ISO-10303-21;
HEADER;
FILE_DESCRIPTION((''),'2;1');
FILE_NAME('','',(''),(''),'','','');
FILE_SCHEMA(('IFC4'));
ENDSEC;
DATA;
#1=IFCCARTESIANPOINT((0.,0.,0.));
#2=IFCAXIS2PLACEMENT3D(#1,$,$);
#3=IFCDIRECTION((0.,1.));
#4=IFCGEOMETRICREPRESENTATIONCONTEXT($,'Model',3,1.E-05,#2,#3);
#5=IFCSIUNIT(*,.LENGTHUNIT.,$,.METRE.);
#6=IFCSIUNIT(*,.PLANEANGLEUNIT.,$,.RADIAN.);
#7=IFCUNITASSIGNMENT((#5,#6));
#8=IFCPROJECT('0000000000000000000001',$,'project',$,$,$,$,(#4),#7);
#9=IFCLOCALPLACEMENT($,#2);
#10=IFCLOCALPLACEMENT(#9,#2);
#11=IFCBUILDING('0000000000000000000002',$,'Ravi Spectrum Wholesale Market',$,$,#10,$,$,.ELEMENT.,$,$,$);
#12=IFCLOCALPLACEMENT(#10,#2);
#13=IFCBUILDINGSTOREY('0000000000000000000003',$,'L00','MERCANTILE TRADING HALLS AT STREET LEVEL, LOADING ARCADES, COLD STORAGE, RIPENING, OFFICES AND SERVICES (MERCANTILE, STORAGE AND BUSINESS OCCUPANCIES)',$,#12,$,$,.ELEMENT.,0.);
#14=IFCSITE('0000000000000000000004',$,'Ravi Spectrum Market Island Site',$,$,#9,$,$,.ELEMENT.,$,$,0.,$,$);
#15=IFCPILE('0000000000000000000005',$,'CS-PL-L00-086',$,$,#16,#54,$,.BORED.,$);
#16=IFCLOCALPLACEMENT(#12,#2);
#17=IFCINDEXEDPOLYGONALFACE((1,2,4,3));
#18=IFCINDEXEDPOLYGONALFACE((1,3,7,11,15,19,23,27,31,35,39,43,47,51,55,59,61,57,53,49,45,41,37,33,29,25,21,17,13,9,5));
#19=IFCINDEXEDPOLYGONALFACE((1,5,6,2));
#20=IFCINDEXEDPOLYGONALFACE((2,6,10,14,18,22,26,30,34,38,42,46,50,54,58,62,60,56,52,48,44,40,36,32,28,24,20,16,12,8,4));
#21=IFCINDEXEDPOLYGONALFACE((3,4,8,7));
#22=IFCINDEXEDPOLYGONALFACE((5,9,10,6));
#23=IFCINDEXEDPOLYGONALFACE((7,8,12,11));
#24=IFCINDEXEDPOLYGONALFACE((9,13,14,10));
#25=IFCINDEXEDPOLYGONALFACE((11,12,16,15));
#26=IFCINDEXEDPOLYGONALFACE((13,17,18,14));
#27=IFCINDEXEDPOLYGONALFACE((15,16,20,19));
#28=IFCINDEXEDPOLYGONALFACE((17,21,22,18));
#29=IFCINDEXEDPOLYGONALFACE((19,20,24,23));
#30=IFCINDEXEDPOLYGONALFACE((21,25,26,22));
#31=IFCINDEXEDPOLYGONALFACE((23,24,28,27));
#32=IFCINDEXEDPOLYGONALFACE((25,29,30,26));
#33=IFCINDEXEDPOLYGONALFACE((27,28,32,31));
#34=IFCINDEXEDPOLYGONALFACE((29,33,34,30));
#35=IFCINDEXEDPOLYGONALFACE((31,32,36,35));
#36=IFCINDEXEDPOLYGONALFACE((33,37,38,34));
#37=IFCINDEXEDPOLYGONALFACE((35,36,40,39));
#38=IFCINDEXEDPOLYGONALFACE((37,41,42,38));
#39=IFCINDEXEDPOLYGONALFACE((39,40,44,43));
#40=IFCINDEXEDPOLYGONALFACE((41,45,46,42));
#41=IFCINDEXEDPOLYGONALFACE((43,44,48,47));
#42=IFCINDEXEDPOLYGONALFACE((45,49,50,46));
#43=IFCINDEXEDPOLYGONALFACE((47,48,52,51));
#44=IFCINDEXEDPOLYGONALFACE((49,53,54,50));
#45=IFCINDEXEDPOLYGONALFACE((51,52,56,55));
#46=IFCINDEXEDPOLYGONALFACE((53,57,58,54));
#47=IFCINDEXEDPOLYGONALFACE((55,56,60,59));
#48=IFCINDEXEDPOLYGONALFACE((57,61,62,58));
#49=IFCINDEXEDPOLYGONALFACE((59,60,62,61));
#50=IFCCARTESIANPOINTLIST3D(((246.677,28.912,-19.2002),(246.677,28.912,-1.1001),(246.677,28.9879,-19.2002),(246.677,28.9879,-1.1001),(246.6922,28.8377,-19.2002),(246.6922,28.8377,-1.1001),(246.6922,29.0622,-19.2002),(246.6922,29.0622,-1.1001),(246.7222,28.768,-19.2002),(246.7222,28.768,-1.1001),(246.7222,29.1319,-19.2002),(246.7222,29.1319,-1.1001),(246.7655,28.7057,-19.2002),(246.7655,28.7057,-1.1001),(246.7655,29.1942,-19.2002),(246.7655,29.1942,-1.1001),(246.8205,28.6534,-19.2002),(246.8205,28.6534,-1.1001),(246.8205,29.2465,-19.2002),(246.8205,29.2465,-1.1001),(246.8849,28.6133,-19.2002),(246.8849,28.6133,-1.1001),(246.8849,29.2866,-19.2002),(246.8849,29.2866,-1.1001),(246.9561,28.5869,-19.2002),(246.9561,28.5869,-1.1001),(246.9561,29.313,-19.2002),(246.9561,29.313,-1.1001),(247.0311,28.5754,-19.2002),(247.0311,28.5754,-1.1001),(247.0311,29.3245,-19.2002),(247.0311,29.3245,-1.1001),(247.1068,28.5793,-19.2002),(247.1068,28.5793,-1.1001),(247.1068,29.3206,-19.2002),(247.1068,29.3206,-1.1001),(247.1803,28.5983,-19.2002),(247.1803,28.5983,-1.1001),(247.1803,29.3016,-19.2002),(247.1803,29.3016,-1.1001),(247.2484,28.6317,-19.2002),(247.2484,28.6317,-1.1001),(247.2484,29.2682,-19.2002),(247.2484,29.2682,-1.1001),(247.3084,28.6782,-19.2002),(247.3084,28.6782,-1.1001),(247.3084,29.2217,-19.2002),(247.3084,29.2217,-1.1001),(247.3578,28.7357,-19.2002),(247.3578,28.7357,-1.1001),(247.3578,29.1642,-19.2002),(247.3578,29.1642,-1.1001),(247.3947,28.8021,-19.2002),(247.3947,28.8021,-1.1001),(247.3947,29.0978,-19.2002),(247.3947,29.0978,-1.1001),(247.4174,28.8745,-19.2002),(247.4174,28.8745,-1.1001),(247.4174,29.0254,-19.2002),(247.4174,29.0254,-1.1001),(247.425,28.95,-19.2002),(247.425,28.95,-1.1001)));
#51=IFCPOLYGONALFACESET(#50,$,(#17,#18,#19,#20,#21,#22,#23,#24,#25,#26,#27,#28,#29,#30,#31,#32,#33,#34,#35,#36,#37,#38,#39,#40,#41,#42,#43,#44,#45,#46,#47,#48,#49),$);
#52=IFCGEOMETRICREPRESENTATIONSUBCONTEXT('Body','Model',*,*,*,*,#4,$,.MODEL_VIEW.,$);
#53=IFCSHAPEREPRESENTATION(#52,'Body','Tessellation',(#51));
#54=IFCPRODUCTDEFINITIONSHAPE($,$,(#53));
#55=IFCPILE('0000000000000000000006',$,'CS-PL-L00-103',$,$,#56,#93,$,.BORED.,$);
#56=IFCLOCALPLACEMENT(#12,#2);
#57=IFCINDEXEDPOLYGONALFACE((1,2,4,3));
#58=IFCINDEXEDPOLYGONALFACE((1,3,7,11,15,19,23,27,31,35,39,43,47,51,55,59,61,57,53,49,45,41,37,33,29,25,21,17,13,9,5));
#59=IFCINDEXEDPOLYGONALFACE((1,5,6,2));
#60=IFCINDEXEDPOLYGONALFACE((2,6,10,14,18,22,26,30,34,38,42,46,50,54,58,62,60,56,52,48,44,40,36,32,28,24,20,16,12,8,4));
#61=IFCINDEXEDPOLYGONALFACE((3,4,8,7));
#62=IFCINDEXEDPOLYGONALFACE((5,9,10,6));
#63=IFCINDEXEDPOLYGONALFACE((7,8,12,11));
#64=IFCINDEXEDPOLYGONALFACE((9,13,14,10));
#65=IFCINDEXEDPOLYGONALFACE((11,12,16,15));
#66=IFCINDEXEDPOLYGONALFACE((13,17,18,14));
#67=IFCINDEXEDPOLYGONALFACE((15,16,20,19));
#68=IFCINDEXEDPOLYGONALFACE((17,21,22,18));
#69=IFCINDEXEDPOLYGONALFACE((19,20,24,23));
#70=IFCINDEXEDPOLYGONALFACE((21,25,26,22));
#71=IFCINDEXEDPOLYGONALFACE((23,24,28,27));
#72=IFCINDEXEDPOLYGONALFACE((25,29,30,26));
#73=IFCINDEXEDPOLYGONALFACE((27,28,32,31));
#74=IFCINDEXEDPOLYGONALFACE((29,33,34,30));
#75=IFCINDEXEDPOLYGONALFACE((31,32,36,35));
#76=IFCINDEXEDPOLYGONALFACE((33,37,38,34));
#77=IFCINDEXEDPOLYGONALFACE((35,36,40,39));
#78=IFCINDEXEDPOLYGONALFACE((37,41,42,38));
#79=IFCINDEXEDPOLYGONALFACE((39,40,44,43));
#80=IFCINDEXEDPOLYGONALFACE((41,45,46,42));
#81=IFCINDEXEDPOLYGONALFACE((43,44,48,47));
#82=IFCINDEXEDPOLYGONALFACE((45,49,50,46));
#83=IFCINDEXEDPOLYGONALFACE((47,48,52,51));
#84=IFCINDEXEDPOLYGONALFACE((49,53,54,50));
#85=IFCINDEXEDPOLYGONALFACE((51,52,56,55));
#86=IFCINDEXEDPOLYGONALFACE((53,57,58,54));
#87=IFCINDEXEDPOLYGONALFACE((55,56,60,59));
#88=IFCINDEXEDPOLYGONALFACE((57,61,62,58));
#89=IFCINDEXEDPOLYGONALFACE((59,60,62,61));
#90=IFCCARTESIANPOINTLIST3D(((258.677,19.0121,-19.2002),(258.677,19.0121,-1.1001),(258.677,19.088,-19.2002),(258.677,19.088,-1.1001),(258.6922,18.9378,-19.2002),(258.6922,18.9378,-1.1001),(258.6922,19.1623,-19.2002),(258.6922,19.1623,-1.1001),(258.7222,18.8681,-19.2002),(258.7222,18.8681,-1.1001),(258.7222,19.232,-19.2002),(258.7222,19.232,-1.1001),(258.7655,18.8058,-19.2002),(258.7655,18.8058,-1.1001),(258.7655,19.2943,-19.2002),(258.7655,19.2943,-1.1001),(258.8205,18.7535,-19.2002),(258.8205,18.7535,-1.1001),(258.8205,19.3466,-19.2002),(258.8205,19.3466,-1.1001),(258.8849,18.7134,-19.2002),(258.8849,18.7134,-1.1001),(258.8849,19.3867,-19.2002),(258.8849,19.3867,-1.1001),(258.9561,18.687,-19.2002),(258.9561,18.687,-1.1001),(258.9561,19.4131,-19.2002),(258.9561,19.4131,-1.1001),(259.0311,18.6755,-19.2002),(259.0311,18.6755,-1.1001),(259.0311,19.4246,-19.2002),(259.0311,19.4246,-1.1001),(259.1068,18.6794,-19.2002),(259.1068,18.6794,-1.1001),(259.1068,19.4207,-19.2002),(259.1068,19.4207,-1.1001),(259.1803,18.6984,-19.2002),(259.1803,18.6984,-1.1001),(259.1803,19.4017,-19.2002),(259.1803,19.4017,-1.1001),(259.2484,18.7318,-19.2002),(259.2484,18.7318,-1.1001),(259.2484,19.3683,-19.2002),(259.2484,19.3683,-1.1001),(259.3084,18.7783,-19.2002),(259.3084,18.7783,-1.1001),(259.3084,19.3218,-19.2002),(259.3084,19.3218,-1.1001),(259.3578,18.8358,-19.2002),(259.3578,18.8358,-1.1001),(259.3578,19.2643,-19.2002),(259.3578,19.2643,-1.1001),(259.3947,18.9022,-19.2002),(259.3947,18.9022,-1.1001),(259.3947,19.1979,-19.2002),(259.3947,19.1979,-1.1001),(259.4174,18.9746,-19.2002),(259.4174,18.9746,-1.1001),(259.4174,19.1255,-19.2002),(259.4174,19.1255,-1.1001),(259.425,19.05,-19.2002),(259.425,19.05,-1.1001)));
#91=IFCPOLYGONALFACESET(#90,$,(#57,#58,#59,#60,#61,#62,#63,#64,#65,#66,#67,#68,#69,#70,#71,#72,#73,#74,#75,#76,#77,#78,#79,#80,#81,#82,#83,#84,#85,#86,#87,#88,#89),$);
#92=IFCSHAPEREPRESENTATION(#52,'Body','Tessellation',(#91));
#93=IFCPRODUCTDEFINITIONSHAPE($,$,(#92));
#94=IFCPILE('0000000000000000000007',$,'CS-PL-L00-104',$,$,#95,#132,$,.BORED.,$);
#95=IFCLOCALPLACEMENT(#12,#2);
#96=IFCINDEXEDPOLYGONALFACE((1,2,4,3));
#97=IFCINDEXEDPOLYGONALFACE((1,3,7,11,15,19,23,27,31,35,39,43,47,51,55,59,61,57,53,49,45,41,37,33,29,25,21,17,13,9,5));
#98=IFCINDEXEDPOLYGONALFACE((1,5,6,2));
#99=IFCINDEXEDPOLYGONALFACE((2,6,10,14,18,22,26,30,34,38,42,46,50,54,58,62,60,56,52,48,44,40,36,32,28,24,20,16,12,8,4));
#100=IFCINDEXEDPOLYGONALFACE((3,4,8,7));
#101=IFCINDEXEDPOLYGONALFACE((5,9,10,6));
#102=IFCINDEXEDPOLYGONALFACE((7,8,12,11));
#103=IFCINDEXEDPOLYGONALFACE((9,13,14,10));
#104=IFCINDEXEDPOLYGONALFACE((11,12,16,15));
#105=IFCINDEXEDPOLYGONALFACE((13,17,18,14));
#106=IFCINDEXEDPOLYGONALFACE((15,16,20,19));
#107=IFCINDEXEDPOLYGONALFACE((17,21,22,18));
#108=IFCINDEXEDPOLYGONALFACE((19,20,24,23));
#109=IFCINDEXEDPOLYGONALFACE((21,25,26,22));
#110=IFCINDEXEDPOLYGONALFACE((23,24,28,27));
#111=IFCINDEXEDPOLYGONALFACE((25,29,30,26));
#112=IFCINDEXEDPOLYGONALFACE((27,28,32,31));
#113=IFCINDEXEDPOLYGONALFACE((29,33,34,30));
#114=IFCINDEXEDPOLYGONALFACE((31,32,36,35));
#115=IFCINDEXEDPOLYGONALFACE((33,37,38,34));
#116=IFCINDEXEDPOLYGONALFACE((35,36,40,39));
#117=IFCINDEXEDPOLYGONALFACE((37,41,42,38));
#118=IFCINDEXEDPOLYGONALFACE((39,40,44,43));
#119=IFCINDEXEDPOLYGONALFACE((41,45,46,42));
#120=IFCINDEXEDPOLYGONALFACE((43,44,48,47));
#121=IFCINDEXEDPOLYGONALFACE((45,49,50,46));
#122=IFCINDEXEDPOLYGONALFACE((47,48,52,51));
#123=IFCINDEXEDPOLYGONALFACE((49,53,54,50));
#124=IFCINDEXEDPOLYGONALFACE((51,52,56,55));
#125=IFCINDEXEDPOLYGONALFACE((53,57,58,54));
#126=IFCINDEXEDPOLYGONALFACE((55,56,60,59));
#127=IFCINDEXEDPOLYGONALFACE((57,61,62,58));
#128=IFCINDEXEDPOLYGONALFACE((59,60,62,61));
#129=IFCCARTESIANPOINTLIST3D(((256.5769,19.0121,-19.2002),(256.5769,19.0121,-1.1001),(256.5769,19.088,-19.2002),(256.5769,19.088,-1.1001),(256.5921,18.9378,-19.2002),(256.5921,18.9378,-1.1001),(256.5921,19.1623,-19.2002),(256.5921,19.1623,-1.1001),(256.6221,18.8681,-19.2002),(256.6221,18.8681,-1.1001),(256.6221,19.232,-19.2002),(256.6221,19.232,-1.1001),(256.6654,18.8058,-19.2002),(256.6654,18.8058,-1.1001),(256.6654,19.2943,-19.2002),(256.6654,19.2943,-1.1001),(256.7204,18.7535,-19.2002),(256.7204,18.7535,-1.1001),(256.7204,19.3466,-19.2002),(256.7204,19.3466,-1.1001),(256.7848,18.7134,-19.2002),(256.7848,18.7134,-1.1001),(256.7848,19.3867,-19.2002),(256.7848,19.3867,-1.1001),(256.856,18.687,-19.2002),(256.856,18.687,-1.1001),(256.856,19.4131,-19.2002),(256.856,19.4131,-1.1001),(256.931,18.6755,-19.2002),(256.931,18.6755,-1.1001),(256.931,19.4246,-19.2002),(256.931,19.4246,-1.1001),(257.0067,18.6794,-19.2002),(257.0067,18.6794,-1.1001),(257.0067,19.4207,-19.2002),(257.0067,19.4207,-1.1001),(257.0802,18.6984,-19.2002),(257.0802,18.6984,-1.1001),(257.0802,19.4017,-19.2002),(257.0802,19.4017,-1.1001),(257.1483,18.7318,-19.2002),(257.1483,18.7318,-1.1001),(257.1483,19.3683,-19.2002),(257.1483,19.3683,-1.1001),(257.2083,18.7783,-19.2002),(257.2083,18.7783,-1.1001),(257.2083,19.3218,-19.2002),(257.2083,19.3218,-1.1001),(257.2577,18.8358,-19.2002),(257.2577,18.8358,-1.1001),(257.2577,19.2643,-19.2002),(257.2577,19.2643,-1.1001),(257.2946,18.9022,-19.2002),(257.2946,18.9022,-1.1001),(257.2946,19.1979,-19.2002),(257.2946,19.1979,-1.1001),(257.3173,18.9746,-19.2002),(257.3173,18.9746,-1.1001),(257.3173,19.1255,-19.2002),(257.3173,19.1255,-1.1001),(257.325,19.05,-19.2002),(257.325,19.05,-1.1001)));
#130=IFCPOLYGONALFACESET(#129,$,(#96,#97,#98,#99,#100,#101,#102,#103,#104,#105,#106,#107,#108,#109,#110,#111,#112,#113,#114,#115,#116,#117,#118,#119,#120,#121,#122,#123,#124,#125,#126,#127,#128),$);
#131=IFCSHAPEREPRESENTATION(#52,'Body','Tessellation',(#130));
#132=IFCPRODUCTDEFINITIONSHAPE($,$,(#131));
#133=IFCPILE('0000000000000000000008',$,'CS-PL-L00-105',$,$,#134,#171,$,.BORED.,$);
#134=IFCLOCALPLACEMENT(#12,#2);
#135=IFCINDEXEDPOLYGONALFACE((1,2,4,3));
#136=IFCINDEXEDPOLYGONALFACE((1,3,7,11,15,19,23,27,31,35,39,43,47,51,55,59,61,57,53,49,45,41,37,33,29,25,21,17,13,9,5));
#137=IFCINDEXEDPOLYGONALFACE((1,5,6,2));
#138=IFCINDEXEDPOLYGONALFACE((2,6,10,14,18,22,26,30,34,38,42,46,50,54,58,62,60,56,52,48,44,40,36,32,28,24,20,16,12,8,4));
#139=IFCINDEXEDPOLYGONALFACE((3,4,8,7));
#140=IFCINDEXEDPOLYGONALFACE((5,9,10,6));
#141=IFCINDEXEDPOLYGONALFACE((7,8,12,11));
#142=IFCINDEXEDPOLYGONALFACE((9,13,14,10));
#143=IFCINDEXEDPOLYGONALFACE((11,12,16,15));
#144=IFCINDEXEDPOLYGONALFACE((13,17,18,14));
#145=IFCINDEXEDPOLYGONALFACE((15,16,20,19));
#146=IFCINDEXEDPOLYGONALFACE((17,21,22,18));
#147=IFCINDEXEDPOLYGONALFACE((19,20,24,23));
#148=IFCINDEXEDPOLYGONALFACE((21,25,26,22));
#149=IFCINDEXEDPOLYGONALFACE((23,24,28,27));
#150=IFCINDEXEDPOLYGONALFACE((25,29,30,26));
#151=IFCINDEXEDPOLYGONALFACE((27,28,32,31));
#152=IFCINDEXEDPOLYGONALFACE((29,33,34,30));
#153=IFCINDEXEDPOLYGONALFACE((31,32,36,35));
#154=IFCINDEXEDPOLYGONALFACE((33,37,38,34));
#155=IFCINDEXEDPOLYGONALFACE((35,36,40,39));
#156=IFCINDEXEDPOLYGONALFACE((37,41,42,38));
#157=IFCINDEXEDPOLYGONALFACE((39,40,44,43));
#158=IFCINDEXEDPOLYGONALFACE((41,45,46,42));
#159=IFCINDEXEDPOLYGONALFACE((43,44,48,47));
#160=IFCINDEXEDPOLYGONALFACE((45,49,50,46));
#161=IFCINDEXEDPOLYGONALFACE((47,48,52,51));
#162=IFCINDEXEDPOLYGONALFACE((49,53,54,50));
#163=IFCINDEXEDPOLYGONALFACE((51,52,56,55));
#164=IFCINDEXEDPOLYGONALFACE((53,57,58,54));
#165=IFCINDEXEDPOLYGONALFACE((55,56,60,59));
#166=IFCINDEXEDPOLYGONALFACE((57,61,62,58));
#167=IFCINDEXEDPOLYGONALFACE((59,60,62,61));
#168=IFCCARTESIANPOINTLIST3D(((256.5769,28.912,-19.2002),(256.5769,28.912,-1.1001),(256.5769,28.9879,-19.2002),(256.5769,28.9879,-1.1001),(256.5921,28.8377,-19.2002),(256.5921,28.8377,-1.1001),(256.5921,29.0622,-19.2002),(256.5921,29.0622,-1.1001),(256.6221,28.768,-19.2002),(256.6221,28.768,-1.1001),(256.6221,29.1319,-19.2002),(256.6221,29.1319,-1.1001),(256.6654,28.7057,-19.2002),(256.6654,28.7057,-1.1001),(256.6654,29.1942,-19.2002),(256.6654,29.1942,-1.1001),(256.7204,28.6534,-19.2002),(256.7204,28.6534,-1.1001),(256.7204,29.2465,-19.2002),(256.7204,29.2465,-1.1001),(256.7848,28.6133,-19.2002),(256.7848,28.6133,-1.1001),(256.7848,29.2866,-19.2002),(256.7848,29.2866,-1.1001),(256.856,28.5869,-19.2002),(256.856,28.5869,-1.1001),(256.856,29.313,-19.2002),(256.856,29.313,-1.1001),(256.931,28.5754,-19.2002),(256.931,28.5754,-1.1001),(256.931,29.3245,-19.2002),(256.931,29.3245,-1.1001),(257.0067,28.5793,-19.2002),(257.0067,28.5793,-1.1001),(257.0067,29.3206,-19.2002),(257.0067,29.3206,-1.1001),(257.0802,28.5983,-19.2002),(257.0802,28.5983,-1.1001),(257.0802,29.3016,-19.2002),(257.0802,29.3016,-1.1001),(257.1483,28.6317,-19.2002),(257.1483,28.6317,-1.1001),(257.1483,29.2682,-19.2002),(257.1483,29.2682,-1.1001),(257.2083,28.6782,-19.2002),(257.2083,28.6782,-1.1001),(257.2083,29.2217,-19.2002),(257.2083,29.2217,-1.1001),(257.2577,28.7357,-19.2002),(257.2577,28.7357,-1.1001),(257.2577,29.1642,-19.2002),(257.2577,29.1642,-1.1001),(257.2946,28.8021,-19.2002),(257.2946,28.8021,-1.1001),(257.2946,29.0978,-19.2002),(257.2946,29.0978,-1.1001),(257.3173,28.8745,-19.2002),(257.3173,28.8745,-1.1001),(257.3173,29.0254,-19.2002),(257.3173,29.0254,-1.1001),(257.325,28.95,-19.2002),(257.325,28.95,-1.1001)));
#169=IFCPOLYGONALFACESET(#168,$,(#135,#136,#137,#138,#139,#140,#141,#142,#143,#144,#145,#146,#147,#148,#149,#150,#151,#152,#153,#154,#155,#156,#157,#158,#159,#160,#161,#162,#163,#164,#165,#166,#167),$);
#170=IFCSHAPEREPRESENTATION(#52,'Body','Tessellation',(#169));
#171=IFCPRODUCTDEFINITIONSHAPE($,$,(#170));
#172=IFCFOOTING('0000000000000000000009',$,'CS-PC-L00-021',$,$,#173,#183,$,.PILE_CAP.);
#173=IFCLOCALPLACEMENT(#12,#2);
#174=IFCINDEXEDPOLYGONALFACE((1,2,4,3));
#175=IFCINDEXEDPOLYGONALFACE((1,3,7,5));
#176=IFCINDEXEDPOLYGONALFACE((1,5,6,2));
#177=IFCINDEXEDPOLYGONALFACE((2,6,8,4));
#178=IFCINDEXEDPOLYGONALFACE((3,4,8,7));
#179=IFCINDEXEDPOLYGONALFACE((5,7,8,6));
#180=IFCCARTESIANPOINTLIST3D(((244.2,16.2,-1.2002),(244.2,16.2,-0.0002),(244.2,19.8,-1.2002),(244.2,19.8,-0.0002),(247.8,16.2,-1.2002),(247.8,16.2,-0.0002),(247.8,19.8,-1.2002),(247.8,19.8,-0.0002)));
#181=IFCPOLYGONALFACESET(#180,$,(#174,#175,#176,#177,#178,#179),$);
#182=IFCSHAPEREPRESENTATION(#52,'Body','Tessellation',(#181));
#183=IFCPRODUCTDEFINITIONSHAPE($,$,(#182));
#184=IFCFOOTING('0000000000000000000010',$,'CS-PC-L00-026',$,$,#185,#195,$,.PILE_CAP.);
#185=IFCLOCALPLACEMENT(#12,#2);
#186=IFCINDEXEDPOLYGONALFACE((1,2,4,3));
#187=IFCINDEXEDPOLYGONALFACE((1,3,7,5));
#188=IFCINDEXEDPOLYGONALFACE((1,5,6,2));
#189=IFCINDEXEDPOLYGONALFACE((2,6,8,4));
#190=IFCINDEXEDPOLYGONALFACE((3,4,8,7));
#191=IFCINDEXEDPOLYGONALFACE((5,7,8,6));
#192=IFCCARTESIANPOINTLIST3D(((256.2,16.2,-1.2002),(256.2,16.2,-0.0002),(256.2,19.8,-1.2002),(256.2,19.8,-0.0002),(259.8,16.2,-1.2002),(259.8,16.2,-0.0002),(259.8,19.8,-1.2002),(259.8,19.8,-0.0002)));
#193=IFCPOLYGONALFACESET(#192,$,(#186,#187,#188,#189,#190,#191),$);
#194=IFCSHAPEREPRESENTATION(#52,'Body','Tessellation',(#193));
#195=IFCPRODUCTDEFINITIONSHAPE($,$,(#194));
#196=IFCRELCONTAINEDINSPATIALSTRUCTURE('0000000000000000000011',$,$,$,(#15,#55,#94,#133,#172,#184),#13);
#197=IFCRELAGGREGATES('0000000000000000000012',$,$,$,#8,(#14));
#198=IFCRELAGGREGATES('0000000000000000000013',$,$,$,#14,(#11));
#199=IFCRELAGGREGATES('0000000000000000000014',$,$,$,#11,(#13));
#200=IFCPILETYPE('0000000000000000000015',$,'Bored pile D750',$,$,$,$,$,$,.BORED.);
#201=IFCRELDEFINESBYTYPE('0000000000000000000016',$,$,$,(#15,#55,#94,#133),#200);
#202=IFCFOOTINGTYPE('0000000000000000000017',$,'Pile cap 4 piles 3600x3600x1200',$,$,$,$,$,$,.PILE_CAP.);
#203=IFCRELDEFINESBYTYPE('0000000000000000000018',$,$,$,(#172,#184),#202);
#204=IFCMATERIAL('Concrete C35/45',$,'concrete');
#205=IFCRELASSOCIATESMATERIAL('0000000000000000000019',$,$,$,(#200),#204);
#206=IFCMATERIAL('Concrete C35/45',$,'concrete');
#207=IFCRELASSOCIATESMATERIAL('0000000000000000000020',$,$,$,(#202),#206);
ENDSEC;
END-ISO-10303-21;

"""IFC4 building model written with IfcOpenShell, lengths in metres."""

from ifc_helpers import new_model, si_unit, direction, frame, origin, origin_2d, place, context, subcontext, project, spatial, rectangle, circle, extrude, material, material_profile, profile_set, type_object, element, save


model = new_model("IFC4")

# Units and contexts
model_context = context("Model", 3, precision=1e-05, world=origin(), true_north=direction((0.0, 1.0)))
body_context = subcontext(model_context, "Body", "Model", "MODEL_VIEW")
ifc_project = project(units=[si_unit("LENGTHUNIT", "METRE"), si_unit("PLANEANGLEUNIT", "RADIAN")], contexts=[model_context])

# Site, building, storey
site_placement = place(None, origin())
site = spatial("IfcSite", under=ifc_project, at=site_placement, Name="Ravi Spectrum Market Island Site", CompositionType="ELEMENT", RefElevation=0.0)
building_placement = place(site_placement, origin())
building = spatial("IfcBuilding", under=site, at=building_placement, Name="Ravi Spectrum Wholesale Market", CompositionType="ELEMENT")
storey_placement = place(building_placement, origin())
storey = spatial("IfcBuildingStorey", under=building, at=storey_placement, Name="L00", Description="MERCANTILE TRADING HALLS AT STREET LEVEL, LOADING ARCADES, COLD STORAGE, RIPENING, OFFICES AND SERVICES (MERCANTILE, STORAGE AND BUSINESS OCCUPANCIES)", CompositionType="ELEMENT", Elevation=0.0)

# Piles
ifc_material_1 = material(Name="Concrete C35/45", Category="concrete")
ifc_material_profile_1 = material_profile(ifc_material_1, circle(Radius=0.375, at=origin_2d()))
ifc_profile_set_1 = profile_set([ifc_material_profile_1], Name="Concrete C35/45")
pile_type = type_object("IfcPileType", Name="Bored pile D750", PredefinedType="BORED", material=ifc_profile_set_1)
for number, where, z_axis, x_axis, name in (
    (1, (247.05, 28.95, -1.1001), (0.0, 0.0, -1.0), (1.0, 0.0, 0.0), "CS-PL-L00-086"),
    (2, (259.05, 19.05, -1.1001), (0.0, 0.0, -1.0), (1.0, 0.0, 0.0), "CS-PL-L00-103"),
    (3, (256.95, 19.05, -1.1001), (0.0, 0.0, -1.0), (1.0, 0.0, 0.0), "CS-PL-L00-104"),
    (4, (256.95, 28.95, -1.1001), (0.0, 0.0, -1.0), (1.0, 0.0, 0.0), "CS-PL-L00-105"),
):
    element("IfcPile", number, at=place(storey_placement, frame(where, z_axis=z_axis, x_axis=x_axis)), inside=storey, type_object=pile_type, Name=name, PredefinedType="BORED", context=body_context, shape_type="SweptSolid", body=[
        extrude(circle(Radius=0.375, at=origin_2d()), origin(), (0.0, 0.0, 1.0), 18.1001),
    ])

# Footings
ifc_material_2 = material(Name="Concrete C35/45", Category="concrete")
footing_type = type_object("IfcFootingType", Name="Pile cap 4 piles 3600x3600x1200", PredefinedType="PILE_CAP", material=ifc_material_2)
for number, where, z_axis, x_axis, name in (
    (5, (246.0, 18.0, -1.2002), (0.0, 0.0, 1.0), (1.0, 0.0, 0.0), "CS-PC-L00-021"),
    (6, (258.0, 18.0, -1.2002), (0.0, 0.0, 1.0), (1.0, 0.0, 0.0), "CS-PC-L00-026"),
):
    element("IfcFooting", number, at=place(storey_placement, frame(where, z_axis=z_axis, x_axis=x_axis)), inside=storey, type_object=footing_type, Name=name, PredefinedType="PILE_CAP", context=body_context, shape_type="SweptSolid", body=[
        extrude(rectangle(XDim=3.6001, YDim=3.6001, at=origin_2d()), origin(), (0.0, 0.0, 1.0), 1.2),
    ])

save(model, "model.ifc")
